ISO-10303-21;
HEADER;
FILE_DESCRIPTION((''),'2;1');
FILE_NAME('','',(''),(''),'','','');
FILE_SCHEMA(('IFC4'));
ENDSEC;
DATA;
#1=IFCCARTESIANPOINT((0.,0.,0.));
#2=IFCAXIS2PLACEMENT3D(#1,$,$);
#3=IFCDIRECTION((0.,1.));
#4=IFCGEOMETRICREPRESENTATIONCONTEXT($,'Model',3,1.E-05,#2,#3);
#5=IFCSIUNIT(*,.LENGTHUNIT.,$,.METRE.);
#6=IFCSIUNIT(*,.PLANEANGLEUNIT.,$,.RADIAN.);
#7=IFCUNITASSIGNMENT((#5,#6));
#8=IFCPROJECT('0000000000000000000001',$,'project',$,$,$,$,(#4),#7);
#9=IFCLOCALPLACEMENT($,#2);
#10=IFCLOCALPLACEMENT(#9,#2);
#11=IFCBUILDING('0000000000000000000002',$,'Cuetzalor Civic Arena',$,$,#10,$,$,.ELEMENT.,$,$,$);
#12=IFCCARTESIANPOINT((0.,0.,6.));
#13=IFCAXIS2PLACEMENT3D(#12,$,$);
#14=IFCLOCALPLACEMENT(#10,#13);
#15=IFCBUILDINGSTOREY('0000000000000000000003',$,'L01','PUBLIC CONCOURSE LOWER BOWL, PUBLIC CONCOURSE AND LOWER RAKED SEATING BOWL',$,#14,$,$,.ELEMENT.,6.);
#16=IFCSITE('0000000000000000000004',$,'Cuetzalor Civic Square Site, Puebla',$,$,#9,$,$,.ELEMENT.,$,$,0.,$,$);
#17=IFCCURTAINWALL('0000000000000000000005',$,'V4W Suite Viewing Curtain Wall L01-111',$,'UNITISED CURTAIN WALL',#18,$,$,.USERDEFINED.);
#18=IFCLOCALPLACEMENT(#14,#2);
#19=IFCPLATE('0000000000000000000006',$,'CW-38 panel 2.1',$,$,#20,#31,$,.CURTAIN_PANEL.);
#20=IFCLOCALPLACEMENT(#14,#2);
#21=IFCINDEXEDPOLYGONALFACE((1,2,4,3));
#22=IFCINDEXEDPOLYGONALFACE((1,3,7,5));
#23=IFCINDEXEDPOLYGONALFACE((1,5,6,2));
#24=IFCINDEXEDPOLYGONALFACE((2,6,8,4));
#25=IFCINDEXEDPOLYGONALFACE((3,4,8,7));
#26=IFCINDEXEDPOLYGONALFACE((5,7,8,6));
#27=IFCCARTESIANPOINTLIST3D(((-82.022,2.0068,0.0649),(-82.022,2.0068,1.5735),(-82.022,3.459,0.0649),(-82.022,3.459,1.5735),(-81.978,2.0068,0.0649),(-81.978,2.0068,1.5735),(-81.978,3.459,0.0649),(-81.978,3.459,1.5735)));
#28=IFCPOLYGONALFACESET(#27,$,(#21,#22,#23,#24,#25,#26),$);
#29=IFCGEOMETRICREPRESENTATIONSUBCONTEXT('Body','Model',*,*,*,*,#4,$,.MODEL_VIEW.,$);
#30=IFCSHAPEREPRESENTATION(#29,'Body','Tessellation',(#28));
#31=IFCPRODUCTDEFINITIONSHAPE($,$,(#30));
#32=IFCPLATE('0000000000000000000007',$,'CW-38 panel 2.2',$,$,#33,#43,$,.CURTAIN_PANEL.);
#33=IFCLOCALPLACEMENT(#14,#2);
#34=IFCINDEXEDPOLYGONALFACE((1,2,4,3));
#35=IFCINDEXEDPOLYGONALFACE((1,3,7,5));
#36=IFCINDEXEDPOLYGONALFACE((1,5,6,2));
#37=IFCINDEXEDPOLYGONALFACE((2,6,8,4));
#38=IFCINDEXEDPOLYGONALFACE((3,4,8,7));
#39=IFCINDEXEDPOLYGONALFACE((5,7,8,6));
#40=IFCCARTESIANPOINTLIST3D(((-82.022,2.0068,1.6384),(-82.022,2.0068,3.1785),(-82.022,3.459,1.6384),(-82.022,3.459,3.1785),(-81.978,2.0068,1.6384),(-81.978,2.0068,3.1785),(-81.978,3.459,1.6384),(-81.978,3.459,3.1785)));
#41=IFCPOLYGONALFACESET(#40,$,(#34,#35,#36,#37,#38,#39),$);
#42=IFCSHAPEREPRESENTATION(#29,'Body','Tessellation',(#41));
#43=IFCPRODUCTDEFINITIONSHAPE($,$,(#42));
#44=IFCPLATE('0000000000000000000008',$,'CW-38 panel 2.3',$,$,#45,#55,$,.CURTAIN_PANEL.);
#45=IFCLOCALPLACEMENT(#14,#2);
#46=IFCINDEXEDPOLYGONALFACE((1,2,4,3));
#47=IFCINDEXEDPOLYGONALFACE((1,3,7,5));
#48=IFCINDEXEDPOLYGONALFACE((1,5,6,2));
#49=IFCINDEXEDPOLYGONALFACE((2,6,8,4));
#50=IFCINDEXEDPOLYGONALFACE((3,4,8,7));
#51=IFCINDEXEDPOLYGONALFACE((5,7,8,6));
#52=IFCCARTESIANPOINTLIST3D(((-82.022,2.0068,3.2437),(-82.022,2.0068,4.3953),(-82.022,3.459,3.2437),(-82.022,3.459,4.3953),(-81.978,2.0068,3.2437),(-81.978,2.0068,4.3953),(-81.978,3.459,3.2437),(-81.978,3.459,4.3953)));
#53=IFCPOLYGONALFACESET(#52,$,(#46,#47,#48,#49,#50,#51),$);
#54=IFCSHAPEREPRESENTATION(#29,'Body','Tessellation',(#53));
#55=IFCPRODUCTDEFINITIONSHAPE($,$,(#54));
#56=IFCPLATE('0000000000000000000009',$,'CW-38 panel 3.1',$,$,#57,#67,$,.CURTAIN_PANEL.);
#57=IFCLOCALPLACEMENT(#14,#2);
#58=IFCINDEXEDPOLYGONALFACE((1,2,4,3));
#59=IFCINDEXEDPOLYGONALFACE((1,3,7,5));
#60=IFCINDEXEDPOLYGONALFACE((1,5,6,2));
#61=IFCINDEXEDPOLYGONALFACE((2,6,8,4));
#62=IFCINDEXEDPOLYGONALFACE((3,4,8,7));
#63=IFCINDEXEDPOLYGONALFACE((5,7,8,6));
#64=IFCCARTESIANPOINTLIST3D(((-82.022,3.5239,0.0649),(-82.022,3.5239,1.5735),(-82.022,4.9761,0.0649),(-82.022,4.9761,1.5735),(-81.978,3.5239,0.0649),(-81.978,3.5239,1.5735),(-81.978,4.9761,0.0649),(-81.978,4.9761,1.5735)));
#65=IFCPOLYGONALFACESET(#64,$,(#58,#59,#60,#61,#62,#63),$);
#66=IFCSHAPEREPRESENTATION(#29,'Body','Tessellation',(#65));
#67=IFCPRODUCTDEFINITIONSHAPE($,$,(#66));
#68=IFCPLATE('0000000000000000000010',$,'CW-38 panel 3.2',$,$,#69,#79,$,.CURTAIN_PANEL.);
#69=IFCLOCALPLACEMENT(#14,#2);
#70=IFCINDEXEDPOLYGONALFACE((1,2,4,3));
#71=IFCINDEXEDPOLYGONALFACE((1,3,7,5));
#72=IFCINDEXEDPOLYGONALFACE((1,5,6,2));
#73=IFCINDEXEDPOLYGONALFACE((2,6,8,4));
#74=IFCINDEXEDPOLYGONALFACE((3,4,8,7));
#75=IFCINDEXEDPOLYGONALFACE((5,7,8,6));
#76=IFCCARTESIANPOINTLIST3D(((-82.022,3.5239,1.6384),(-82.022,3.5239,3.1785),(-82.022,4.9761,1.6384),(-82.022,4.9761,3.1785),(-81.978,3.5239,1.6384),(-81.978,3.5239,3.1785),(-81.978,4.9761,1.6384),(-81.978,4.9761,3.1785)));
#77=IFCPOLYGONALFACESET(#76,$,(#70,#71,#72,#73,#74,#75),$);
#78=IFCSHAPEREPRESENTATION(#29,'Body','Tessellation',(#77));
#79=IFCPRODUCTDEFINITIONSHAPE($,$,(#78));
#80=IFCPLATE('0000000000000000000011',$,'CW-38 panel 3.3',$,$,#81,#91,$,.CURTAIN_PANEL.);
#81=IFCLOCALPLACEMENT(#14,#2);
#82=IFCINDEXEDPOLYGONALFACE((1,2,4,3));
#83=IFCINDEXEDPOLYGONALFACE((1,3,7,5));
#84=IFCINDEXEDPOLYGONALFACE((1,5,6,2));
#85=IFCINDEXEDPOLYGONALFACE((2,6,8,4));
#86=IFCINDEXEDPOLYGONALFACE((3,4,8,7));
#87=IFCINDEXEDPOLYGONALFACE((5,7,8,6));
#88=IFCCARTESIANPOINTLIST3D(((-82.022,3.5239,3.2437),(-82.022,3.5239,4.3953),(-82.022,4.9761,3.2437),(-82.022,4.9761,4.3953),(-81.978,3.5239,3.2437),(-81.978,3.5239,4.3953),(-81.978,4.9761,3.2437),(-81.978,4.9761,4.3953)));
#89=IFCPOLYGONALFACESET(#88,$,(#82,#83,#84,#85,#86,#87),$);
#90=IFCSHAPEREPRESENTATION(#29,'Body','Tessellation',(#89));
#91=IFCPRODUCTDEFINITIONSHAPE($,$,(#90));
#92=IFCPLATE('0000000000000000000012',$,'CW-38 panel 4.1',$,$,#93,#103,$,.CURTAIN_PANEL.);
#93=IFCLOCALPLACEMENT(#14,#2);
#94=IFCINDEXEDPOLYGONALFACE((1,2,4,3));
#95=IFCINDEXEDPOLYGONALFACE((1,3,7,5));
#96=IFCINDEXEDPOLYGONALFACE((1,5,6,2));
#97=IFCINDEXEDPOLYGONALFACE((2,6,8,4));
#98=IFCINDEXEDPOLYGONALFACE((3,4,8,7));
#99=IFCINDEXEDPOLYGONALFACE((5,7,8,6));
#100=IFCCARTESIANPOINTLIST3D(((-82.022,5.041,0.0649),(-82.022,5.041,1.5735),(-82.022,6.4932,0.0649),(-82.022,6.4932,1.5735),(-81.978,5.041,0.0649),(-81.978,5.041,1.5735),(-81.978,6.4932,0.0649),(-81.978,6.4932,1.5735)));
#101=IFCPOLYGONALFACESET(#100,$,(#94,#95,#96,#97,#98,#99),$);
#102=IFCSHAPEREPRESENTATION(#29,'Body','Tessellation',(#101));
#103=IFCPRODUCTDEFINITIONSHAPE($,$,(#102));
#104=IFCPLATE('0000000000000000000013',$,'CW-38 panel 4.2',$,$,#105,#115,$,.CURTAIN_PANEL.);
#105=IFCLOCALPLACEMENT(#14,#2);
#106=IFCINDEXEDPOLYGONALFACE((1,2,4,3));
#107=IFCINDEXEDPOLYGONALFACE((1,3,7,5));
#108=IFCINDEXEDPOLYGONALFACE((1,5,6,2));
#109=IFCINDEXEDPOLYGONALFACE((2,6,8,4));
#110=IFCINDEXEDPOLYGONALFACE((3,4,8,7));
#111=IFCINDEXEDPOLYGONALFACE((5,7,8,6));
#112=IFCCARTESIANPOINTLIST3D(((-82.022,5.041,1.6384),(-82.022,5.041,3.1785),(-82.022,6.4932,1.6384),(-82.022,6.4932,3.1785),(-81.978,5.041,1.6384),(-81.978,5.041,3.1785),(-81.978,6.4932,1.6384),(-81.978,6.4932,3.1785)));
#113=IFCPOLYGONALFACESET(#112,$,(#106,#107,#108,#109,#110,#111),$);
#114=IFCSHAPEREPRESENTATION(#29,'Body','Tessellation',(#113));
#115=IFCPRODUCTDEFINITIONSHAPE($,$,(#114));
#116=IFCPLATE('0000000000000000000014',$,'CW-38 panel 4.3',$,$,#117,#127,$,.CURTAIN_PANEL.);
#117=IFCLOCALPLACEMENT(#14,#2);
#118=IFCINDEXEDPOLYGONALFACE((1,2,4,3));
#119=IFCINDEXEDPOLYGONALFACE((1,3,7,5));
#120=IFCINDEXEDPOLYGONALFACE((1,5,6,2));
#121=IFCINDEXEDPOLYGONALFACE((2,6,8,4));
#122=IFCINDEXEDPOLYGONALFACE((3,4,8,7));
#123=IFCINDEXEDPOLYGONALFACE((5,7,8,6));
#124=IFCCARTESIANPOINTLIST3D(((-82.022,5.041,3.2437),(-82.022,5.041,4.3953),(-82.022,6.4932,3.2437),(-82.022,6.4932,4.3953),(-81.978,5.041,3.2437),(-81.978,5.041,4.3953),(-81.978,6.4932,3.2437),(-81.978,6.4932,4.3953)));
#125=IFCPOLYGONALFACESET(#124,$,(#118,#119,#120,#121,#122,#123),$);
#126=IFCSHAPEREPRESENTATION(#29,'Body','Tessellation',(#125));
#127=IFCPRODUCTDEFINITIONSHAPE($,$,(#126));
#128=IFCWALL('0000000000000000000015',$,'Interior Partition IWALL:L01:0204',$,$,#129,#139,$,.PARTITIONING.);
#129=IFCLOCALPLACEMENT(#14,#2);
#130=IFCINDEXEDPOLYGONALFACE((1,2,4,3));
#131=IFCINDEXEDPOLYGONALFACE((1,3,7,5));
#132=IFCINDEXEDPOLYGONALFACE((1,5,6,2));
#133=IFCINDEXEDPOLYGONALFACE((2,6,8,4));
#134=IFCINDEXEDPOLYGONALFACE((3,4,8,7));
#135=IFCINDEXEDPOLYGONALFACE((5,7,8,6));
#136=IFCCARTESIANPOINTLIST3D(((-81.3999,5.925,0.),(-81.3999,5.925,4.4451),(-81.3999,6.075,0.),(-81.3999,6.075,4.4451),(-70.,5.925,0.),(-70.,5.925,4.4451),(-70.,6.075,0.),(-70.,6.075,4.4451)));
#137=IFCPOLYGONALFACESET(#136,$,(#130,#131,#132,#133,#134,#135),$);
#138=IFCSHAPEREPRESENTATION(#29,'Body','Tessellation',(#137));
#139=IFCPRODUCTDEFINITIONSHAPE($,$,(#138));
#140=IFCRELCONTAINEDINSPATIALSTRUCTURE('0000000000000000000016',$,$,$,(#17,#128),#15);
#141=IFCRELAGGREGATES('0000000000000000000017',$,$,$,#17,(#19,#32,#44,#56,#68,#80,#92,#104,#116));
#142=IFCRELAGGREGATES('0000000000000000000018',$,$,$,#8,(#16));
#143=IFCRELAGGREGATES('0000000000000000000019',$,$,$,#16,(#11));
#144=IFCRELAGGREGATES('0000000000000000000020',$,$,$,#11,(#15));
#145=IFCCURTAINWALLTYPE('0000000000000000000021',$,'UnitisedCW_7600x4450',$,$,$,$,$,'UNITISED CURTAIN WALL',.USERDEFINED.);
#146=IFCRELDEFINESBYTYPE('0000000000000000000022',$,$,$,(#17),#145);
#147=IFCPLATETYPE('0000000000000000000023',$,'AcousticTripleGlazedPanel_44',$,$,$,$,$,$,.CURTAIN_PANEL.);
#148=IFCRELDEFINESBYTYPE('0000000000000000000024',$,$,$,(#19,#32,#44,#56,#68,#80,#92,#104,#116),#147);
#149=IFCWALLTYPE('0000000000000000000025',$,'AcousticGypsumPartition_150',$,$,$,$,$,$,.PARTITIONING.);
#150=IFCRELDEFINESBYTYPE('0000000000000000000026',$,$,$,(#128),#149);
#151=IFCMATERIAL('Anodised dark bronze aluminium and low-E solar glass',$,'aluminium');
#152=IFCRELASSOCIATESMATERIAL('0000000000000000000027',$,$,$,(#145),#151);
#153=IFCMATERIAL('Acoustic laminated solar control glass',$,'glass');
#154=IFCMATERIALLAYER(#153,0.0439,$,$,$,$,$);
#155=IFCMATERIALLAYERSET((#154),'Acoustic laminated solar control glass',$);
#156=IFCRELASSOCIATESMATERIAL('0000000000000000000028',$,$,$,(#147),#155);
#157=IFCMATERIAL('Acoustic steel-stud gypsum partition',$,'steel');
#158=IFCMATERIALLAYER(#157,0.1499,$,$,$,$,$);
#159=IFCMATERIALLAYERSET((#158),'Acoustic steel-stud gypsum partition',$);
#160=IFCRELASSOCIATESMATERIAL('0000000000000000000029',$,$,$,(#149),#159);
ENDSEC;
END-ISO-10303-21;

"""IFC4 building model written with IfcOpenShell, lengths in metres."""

from ifc_helpers import new_model, si_unit, direction, frame, frame_2d, origin, origin_2d, place, context, subcontext, project, spatial, rectangle, extrude, material, layer, layer_set, type_object, element, aggregate, save


model = new_model("IFC4")

# Units and contexts
model_context = context("Model", 3, precision=1e-05, world=origin(), true_north=direction((0.0, 1.0)))
body_context = subcontext(model_context, "Body", "Model", "MODEL_VIEW")
ifc_project = project(units=[si_unit("LENGTHUNIT", "METRE"), si_unit("PLANEANGLEUNIT", "RADIAN")], contexts=[model_context])

# Site, building, storey
site_placement = place(None, origin())
site = spatial("IfcSite", under=ifc_project, at=site_placement, Name="Cuetzalor Civic Square Site, Puebla", CompositionType="ELEMENT", RefElevation=0.0)
building_placement = place(site_placement, origin())
building = spatial("IfcBuilding", under=site, at=building_placement, Name="Cuetzalor Civic Arena", CompositionType="ELEMENT")
storey_placement = place(building_placement, frame((0.0, 0.0, 6.0)))
storey = spatial("IfcBuildingStorey", under=building, at=storey_placement, Name="L01", Description="PUBLIC CONCOURSE LOWER BOWL, PUBLIC CONCOURSE AND LOWER RAKED SEATING BOWL", CompositionType="ELEMENT", Elevation=6.0)

# Curtain wall
ifc_material_1 = material(Name="Anodised dark bronze aluminium and low-E solar glass", Category="aluminium")
curtain_wall_type = type_object("IfcCurtainWallType", Name="UnitisedCW_7600x4450", ElementType="UNITISED CURTAIN WALL", PredefinedType="USERDEFINED", material=ifc_material_1)
curtain_wall_placement = place(storey_placement, origin())
curtain_wall = element("IfcCurtainWall", 1, at=curtain_wall_placement, inside=storey, type_object=curtain_wall_type, Name="V4W Suite Viewing Curtain Wall L01-111", ObjectType="UNITISED CURTAIN WALL", PredefinedType="USERDEFINED")

# Plates
ifc_material_2 = material(Name="Acoustic laminated solar control glass", Category="glass")
ifc_layer_1 = layer(ifc_material_2, 0.0439)
ifc_layer_set_1 = layer_set([ifc_layer_1], Name="Acoustic laminated solar control glass")
plate_type = type_object("IfcPlateType", Name="AcousticTripleGlazedPanel_44", PredefinedType="CURTAIN_PANEL", material=ifc_layer_set_1)
plate_1_placement = place(storey_placement, frame((-82.0, 2.7329, 0.0649), z_axis=(0.0, 0.0, 1.0), x_axis=(0.0, 1.0, 0.0)))
plate_1 = element("IfcPlate", 2, at=plate_1_placement, type_object=plate_type, Name="CW-38 panel 2.1", PredefinedType="CURTAIN_PANEL", context=body_context, shape_type="SweptSolid", body=[
    extrude(rectangle(XDim=1.4521, YDim=0.0439, at=origin_2d()), origin(), (0.0, 0.0, 1.0), 1.5085),
])
plate_2_placement = place(storey_placement, frame((-82.0, 2.7329, 1.6384), z_axis=(0.0, 0.0, 1.0), x_axis=(0.0, 1.0, 0.0)))
plate_2 = element("IfcPlate", 3, at=plate_2_placement, type_object=plate_type, Name="CW-38 panel 2.2", PredefinedType="CURTAIN_PANEL", context=body_context, shape_type="SweptSolid", body=[
    extrude(rectangle(XDim=1.4521, YDim=0.0439, at=origin_2d()), origin(), (0.0, 0.0, 1.0), 1.54),
])
plate_3_placement = place(storey_placement, frame((-82.0, 2.7329, 3.2437), z_axis=(0.0, 0.0, 1.0), x_axis=(0.0, 1.0, 0.0)))
plate_3 = element("IfcPlate", 4, at=plate_3_placement, type_object=plate_type, Name="CW-38 panel 2.3", PredefinedType="CURTAIN_PANEL", context=body_context, shape_type="SweptSolid", body=[
    extrude(rectangle(XDim=1.4521, YDim=0.0439, at=origin_2d()), origin(), (0.0, 0.0, 1.0), 1.1516),
])
plate_4_placement = place(storey_placement, frame((-82.0, 4.25, 0.0649), z_axis=(0.0, 0.0, 1.0), x_axis=(0.0, 1.0, 0.0)))
plate_4 = element("IfcPlate", 5, at=plate_4_placement, type_object=plate_type, Name="CW-38 panel 3.1", PredefinedType="CURTAIN_PANEL", context=body_context, shape_type="SweptSolid", body=[
    extrude(rectangle(XDim=1.4521, YDim=0.0439, at=origin_2d()), origin(), (0.0, 0.0, 1.0), 1.5085),
])
plate_5_placement = place(storey_placement, frame((-82.0, 4.25, 1.6384), z_axis=(0.0, 0.0, 1.0), x_axis=(0.0, 1.0, 0.0)))
plate_5 = element("IfcPlate", 6, at=plate_5_placement, type_object=plate_type, Name="CW-38 panel 3.2", PredefinedType="CURTAIN_PANEL", context=body_context, shape_type="SweptSolid", body=[
    extrude(rectangle(XDim=1.4521, YDim=0.0439, at=origin_2d()), origin(), (0.0, 0.0, 1.0), 1.54),
])
plate_6_placement = place(storey_placement, frame((-82.0, 4.25, 3.2437), z_axis=(0.0, 0.0, 1.0), x_axis=(0.0, 1.0, 0.0)))
plate_6 = element("IfcPlate", 7, at=plate_6_placement, type_object=plate_type, Name="CW-38 panel 3.3", PredefinedType="CURTAIN_PANEL", context=body_context, shape_type="SweptSolid", body=[
    extrude(rectangle(XDim=1.4521, YDim=0.0439, at=origin_2d()), origin(), (0.0, 0.0, 1.0), 1.1516),
])
plate_7_placement = place(storey_placement, frame((-82.0, 5.7671, 0.0649), z_axis=(0.0, 0.0, 1.0), x_axis=(0.0, 1.0, 0.0)))
plate_7 = element("IfcPlate", 8, at=plate_7_placement, type_object=plate_type, Name="CW-38 panel 4.1", PredefinedType="CURTAIN_PANEL", context=body_context, shape_type="SweptSolid", body=[
    extrude(rectangle(XDim=1.4521, YDim=0.0439, at=origin_2d()), origin(), (0.0, 0.0, 1.0), 1.5085),
])
plate_8_placement = place(storey_placement, frame((-82.0, 5.7671, 1.6384), z_axis=(0.0, 0.0, 1.0), x_axis=(0.0, 1.0, 0.0)))
plate_8 = element("IfcPlate", 9, at=plate_8_placement, type_object=plate_type, Name="CW-38 panel 4.2", PredefinedType="CURTAIN_PANEL", context=body_context, shape_type="SweptSolid", body=[
    extrude(rectangle(XDim=1.4521, YDim=0.0439, at=origin_2d()), origin(), (0.0, 0.0, 1.0), 1.54),
])
plate_9_placement = place(storey_placement, frame((-82.0, 5.7671, 3.2437), z_axis=(0.0, 0.0, 1.0), x_axis=(0.0, 1.0, 0.0)))
plate_9 = element("IfcPlate", 10, at=plate_9_placement, type_object=plate_type, Name="CW-38 panel 4.3", PredefinedType="CURTAIN_PANEL", context=body_context, shape_type="SweptSolid", body=[
    extrude(rectangle(XDim=1.4521, YDim=0.0439, at=origin_2d()), origin(), (0.0, 0.0, 1.0), 1.1516),
])
aggregate(curtain_wall, [plate_1, plate_2, plate_3, plate_4, plate_5, plate_6, plate_7, plate_8, plate_9])

# Wall
ifc_material_3 = material(Name="Acoustic steel-stud gypsum partition", Category="steel")
ifc_layer_2 = layer(ifc_material_3, 0.1499)
ifc_layer_set_2 = layer_set([ifc_layer_2], Name="Acoustic steel-stud gypsum partition")
wall_type = type_object("IfcWallType", Name="AcousticGypsumPartition_150", PredefinedType="PARTITIONING", material=ifc_layer_set_2)
wall_placement = place(storey_placement, frame((-81.3999, 6.0, 0.0), z_axis=(0.0, 0.0, 1.0), x_axis=(1.0, 0.0, 0.0)))
element("IfcWall", 11, at=wall_placement, inside=storey, type_object=wall_type, Name="Interior Partition IWALL:L01:0204", PredefinedType="PARTITIONING", context=body_context, shape_type="SweptSolid", body=[
    extrude(rectangle(XDim=11.3999, YDim=0.1499, at=frame_2d((5.7, 0.0))), origin(), (0.0, 0.0, 1.0), 4.4451),
])

save(model, "model.ifc")
